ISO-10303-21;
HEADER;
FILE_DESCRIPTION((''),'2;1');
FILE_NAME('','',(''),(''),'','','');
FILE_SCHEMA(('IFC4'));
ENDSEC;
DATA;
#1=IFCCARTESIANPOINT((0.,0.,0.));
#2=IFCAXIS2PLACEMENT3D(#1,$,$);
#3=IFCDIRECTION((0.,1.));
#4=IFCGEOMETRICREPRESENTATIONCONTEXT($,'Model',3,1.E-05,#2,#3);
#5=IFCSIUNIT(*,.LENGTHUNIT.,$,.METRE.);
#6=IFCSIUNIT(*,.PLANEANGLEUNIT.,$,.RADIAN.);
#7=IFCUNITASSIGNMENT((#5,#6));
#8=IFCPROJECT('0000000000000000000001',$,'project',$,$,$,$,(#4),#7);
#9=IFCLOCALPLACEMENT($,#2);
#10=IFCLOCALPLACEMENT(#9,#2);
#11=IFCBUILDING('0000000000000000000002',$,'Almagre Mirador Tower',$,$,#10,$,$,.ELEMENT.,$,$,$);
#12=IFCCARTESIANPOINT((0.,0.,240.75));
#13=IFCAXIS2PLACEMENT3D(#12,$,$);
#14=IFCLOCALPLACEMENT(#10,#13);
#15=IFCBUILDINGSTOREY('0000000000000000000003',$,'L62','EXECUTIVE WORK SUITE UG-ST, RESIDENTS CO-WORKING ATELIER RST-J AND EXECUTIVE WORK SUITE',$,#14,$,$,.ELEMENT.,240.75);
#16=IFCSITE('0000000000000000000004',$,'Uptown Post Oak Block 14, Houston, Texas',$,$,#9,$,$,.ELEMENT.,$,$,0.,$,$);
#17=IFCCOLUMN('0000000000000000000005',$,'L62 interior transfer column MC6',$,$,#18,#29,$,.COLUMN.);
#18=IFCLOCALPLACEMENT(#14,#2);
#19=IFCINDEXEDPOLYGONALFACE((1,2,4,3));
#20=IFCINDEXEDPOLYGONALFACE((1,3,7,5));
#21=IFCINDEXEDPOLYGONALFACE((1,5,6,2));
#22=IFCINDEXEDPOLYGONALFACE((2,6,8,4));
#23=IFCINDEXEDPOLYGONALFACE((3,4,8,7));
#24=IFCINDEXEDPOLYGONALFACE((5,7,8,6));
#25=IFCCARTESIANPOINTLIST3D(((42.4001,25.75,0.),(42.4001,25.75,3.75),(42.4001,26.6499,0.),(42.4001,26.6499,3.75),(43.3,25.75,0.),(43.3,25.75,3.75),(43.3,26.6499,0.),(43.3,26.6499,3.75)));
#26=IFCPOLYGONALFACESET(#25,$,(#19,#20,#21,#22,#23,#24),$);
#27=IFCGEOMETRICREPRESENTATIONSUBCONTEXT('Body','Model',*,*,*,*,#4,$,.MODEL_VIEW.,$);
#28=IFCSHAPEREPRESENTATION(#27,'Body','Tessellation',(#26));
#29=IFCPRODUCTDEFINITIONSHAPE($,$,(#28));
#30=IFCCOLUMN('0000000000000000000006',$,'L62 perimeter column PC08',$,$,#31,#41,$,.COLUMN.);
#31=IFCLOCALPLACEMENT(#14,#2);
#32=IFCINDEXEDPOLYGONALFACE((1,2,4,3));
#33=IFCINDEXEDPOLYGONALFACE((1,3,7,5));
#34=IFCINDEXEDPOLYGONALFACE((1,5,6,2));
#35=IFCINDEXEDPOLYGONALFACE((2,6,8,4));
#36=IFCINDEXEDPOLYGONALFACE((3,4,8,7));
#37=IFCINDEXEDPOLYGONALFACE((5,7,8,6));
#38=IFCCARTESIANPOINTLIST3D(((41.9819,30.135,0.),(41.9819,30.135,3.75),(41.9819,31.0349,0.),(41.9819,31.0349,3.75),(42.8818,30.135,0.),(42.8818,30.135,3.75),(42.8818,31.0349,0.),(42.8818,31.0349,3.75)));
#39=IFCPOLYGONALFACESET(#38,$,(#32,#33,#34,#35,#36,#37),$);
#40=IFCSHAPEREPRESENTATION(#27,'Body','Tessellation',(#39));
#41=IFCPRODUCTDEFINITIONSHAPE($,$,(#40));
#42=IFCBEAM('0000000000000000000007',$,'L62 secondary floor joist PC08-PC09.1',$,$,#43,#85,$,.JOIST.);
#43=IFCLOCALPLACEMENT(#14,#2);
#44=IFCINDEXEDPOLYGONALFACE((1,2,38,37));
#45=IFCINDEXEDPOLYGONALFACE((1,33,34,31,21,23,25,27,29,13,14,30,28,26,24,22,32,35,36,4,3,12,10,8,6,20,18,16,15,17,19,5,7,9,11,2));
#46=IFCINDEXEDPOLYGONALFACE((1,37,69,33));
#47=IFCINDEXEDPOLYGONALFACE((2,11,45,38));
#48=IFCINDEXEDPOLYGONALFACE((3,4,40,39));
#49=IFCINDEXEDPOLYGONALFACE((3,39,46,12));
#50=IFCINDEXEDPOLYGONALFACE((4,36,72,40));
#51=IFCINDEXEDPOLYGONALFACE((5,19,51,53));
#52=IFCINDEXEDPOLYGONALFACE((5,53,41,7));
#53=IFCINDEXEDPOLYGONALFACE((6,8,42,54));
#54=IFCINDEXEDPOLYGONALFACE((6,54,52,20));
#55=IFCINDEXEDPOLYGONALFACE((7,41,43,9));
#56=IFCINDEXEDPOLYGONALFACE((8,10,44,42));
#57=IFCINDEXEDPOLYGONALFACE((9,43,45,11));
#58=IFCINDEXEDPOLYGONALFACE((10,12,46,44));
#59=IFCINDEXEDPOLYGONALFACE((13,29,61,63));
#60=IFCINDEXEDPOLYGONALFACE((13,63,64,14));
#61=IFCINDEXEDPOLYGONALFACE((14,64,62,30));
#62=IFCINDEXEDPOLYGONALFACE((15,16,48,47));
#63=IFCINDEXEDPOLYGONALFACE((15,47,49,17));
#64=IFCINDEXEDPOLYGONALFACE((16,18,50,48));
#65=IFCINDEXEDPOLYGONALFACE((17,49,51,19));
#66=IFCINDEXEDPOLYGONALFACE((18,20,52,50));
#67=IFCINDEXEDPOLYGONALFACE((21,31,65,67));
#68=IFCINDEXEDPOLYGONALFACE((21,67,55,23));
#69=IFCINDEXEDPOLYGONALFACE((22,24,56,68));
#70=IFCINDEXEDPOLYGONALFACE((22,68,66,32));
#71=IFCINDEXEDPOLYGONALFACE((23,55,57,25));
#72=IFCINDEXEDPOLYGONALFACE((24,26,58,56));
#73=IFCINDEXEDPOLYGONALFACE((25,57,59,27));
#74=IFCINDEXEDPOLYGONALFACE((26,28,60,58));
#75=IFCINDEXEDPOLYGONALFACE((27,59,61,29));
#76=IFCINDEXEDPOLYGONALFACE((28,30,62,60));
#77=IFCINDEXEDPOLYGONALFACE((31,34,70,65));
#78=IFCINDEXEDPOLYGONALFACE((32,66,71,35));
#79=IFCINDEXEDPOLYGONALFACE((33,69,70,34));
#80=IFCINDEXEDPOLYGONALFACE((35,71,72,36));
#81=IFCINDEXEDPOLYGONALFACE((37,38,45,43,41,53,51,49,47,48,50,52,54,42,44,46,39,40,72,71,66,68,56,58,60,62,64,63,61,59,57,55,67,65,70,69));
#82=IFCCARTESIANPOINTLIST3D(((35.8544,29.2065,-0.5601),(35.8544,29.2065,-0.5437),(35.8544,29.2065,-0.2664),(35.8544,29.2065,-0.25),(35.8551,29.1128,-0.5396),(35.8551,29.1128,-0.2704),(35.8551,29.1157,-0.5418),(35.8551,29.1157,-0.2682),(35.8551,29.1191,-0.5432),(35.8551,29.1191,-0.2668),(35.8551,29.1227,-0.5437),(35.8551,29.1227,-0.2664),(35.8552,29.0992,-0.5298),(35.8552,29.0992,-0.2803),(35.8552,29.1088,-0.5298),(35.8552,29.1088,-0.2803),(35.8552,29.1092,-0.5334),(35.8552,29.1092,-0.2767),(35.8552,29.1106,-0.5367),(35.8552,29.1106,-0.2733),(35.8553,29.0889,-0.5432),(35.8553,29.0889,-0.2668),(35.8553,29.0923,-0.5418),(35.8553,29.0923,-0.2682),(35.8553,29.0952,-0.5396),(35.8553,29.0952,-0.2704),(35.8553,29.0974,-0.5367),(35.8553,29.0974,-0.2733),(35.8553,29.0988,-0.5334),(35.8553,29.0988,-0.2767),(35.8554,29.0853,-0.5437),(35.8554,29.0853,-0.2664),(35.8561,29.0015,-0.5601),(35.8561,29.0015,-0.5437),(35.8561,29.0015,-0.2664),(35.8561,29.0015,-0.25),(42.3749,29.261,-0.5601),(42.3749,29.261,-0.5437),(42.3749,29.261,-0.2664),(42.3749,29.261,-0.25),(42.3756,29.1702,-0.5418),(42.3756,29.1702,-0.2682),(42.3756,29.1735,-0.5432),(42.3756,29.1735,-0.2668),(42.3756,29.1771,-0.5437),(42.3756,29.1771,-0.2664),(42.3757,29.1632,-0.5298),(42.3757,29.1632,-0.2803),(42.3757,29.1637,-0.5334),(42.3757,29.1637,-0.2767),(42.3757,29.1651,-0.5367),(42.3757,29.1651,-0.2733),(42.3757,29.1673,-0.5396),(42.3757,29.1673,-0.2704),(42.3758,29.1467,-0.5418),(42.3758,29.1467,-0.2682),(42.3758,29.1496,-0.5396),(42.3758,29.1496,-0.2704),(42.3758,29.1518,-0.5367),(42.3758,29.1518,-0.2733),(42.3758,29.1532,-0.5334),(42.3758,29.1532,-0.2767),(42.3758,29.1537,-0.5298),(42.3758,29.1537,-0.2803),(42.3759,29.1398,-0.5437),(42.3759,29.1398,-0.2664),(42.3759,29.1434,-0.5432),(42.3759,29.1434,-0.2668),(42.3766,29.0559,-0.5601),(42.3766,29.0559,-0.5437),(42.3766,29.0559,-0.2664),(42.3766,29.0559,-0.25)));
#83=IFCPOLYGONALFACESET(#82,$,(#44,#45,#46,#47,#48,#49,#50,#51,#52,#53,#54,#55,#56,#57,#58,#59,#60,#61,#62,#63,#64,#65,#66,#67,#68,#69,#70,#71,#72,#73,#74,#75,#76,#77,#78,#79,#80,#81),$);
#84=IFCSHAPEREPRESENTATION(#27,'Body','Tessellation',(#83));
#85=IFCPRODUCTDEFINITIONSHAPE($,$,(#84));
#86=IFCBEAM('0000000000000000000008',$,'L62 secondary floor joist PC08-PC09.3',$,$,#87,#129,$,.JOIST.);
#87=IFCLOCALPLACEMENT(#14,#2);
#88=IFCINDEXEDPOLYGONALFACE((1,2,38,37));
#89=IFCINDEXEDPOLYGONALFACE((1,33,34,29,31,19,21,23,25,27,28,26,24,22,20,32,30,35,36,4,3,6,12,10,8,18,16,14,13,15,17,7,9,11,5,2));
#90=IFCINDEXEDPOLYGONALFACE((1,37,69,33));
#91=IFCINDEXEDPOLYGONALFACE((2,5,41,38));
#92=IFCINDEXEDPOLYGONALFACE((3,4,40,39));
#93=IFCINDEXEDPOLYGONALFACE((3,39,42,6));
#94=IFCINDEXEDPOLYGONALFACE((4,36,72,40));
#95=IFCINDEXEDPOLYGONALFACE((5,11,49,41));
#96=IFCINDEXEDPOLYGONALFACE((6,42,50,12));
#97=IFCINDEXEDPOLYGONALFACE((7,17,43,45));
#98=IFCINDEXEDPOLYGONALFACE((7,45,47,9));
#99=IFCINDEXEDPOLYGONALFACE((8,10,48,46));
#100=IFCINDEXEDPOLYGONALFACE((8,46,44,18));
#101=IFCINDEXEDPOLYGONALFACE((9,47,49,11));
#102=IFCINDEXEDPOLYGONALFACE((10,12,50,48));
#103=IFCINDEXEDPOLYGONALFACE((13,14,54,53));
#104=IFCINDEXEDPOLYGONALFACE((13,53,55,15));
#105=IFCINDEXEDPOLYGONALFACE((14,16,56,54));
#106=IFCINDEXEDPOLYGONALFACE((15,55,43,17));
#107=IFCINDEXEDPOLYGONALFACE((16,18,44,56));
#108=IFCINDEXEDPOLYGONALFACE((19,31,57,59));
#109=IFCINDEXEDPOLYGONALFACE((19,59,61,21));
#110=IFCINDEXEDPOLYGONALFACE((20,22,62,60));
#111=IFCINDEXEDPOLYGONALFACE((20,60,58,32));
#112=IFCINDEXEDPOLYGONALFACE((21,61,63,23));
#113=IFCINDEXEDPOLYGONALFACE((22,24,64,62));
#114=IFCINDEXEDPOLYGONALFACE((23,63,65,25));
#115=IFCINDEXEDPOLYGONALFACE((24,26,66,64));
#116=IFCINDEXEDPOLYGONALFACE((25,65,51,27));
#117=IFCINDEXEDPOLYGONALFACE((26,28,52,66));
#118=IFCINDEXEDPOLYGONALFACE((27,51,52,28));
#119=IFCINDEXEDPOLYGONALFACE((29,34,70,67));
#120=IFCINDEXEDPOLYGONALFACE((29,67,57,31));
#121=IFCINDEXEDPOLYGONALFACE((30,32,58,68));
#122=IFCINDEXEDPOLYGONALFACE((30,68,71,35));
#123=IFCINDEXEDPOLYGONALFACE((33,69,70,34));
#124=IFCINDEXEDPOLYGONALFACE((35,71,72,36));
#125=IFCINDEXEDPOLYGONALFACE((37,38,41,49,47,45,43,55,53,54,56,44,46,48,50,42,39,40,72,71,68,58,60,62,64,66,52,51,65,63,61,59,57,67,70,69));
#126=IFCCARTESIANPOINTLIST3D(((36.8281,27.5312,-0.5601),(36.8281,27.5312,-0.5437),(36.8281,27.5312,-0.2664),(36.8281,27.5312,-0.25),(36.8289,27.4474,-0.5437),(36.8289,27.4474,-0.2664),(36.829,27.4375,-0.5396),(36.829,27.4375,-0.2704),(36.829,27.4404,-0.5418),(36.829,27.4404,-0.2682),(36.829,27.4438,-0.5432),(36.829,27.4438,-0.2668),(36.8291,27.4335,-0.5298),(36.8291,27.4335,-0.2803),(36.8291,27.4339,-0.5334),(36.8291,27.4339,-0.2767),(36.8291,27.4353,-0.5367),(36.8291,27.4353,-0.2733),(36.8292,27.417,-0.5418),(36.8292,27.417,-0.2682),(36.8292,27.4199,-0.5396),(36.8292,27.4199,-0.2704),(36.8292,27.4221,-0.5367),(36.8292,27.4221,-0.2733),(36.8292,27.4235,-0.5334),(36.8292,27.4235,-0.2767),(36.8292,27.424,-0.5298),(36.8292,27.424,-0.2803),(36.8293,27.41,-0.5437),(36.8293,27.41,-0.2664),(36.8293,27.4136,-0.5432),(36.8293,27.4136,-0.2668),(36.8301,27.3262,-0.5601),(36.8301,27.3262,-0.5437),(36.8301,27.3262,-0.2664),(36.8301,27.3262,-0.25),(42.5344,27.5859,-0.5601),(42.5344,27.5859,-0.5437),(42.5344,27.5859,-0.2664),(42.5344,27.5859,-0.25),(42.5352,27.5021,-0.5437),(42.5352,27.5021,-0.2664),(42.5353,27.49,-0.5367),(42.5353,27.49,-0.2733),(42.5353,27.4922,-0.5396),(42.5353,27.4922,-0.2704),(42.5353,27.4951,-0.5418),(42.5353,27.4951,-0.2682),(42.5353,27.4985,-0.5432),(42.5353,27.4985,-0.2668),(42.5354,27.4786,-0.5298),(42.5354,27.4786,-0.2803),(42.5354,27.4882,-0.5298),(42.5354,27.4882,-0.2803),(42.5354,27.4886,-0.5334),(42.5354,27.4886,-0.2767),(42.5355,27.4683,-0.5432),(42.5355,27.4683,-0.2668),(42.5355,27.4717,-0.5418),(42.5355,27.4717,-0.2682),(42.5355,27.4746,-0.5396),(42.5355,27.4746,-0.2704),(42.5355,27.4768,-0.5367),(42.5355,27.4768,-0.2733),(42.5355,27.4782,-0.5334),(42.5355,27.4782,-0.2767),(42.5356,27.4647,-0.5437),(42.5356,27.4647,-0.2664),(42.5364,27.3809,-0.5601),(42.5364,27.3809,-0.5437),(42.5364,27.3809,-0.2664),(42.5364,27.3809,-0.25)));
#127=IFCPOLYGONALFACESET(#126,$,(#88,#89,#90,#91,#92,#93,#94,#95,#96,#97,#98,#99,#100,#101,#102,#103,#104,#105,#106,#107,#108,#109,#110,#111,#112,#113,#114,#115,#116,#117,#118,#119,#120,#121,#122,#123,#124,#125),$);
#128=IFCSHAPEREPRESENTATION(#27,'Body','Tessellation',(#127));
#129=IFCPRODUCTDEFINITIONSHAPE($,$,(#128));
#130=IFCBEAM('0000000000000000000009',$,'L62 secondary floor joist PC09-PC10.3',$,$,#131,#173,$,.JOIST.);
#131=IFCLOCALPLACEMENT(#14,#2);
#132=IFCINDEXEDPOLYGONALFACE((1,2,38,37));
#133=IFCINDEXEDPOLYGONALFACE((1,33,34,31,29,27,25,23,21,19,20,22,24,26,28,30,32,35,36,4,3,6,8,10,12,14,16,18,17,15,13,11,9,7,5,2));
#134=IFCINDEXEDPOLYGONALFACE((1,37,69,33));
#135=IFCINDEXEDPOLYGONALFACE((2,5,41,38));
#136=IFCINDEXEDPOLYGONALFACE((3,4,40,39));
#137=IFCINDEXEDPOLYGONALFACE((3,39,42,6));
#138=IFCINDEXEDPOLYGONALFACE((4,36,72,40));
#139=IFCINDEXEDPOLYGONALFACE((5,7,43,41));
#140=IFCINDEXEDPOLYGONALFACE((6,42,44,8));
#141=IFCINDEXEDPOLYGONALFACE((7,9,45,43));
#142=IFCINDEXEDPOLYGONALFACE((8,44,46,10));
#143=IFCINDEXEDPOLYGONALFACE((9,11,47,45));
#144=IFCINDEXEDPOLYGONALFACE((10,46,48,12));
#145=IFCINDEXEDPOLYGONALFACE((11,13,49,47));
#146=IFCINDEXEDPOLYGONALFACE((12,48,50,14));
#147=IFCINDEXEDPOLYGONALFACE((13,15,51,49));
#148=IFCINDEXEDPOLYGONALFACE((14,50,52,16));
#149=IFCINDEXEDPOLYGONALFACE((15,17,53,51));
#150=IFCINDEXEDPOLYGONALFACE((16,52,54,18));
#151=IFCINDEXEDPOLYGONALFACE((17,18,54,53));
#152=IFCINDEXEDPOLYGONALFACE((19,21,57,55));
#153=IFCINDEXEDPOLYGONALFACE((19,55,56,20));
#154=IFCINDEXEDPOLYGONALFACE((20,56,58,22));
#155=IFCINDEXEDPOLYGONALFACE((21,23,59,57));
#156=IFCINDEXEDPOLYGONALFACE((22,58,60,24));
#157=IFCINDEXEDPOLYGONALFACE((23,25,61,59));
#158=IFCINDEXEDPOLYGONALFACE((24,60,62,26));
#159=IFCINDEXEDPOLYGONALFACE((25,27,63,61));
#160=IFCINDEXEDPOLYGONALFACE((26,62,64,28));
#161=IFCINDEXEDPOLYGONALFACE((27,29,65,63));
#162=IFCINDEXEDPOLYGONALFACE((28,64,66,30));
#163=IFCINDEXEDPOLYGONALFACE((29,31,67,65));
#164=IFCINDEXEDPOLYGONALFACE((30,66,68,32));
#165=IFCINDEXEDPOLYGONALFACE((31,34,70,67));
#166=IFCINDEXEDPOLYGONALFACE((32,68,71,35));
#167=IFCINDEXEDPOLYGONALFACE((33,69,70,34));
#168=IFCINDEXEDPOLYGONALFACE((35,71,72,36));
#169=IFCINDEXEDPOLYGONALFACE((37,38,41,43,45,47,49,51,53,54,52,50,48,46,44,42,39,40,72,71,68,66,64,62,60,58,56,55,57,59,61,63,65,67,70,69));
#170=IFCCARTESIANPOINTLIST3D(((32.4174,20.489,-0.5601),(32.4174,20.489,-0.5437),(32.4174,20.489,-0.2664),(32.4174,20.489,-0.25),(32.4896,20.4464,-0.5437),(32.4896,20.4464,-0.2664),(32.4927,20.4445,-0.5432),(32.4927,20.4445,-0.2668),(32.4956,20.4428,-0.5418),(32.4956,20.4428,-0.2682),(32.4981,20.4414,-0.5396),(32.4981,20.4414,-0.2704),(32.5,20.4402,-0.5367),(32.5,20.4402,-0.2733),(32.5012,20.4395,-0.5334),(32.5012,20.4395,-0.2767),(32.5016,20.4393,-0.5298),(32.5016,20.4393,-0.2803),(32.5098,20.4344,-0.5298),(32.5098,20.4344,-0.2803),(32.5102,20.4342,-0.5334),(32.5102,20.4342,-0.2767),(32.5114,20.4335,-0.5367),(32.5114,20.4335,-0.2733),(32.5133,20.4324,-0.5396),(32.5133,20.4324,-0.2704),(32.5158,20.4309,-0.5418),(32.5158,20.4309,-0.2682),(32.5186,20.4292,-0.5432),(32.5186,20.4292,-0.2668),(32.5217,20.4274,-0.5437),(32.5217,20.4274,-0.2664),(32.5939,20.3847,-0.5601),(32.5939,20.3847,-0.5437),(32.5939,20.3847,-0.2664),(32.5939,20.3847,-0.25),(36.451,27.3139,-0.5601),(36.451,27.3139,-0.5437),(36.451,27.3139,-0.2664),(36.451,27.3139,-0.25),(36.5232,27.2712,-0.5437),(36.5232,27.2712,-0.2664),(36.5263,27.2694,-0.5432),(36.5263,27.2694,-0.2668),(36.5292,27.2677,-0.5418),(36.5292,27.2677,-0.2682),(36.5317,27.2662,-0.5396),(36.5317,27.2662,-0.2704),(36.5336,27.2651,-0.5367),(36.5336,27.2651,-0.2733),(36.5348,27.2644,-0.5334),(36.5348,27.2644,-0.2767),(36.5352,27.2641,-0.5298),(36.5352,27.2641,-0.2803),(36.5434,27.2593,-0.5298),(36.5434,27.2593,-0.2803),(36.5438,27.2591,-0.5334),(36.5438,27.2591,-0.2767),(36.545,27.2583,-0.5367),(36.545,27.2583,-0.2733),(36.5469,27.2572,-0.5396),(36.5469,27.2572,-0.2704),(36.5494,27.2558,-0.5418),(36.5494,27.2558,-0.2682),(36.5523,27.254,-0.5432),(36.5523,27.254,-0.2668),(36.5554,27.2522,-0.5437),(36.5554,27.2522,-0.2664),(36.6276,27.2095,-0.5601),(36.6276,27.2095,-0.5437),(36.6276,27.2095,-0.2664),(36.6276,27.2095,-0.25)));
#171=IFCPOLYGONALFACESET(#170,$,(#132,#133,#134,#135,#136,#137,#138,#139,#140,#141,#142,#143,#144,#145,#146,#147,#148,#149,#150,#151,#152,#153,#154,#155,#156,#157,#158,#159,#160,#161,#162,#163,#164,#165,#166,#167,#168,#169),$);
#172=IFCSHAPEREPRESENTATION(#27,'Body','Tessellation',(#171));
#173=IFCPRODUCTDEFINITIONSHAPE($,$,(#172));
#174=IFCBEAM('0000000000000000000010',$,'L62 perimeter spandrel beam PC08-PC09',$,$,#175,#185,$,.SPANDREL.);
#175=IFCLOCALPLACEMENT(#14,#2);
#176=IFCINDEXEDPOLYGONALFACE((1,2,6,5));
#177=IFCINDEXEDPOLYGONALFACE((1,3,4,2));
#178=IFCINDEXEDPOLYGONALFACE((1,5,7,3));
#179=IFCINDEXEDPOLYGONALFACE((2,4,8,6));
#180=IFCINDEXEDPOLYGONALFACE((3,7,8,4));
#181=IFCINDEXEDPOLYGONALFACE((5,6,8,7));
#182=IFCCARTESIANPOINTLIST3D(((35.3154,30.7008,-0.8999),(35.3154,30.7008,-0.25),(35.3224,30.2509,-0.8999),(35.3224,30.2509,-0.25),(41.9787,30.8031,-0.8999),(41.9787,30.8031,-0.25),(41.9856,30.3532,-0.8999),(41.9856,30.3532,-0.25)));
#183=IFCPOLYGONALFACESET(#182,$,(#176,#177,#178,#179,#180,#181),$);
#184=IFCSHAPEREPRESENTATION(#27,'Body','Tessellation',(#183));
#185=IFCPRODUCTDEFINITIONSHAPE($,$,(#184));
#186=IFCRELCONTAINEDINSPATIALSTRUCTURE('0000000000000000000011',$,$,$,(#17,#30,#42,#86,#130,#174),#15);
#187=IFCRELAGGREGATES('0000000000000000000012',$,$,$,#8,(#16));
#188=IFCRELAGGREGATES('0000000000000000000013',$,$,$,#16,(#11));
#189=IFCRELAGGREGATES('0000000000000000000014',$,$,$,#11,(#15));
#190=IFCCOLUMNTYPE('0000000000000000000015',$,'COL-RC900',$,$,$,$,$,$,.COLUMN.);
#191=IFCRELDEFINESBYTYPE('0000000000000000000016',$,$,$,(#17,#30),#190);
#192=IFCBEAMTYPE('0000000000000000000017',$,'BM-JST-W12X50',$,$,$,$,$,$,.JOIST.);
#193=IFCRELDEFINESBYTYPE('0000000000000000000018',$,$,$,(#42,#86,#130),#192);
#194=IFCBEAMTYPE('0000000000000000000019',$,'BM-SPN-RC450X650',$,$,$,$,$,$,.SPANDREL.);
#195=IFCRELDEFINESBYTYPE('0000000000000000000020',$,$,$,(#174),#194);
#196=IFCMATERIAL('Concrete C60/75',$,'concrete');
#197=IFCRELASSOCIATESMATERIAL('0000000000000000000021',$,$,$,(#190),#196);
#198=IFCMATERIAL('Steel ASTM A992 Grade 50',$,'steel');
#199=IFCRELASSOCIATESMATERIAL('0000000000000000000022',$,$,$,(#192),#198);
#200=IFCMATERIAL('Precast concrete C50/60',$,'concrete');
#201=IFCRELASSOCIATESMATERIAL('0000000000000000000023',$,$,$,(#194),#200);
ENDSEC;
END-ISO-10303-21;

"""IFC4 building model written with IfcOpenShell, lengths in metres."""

from ifc_helpers import new_model, si_unit, direction, frame, origin, origin_2d, place, context, subcontext, project, spatial, rectangle, i_section, extrude, material, material_profile, profile_set, type_object, element, save


model = new_model("IFC4")

# Units and contexts
model_context = context("Model", 3, precision=1e-05, world=origin(), true_north=direction((0.0, 1.0)))
body_context = subcontext(model_context, "Body", "Model", "MODEL_VIEW")
ifc_project = project(units=[si_unit("LENGTHUNIT", "METRE"), si_unit("PLANEANGLEUNIT", "RADIAN")], contexts=[model_context])

# Site, building, storey
site_placement = place(None, origin())
site = spatial("IfcSite", under=ifc_project, at=site_placement, Name="Uptown Post Oak Block 14, Houston, Texas", CompositionType="ELEMENT", RefElevation=0.0)
building_placement = place(site_placement, origin())
building = spatial("IfcBuilding", under=site, at=building_placement, Name="Almagre Mirador Tower", CompositionType="ELEMENT")
storey_placement = place(building_placement, frame((0.0, 0.0, 240.75)))
storey = spatial("IfcBuildingStorey", under=building, at=storey_placement, Name="L62", Description="EXECUTIVE WORK SUITE UG-ST, RESIDENTS CO-WORKING ATELIER RST-J AND EXECUTIVE WORK SUITE", CompositionType="ELEMENT", Elevation=240.75)

# Columns
ifc_material_1 = material(Name="Concrete C60/75", Category="concrete")
ifc_material_profile_1 = material_profile(ifc_material_1, rectangle(XDim=0.8999, YDim=0.8999, at=origin_2d()), Name="RC900X900")
ifc_profile_set_1 = profile_set([ifc_material_profile_1], Name="Concrete C60/75")
column_type = type_object("IfcColumnType", Name="COL-RC900", PredefinedType="COLUMN", material=ifc_profile_set_1)
for number, where, z_axis, x_axis, name in (
    (1, (42.8501, 26.2, 0.0), (0.0, 0.0, 1.0), (1.0, 0.0, 0.0), "L62 interior transfer column MC6"),
    (2, (42.4319, 30.585, 0.0), (0.0, 0.0, 1.0), (1.0, 0.0, 0.0), "L62 perimeter column PC08"),
):
    element("IfcColumn", number, at=place(storey_placement, frame(where, z_axis=z_axis, x_axis=x_axis)), inside=storey, type_object=column_type, Name=name, PredefinedType="COLUMN", context=body_context, shape_type="SweptSolid", body=[
        extrude(rectangle(XDim=0.8999, YDim=0.8999, at=origin_2d()), origin(), (0.0, 0.0, 1.0), 3.75),
    ])

# Beams
ifc_material_2 = material(Name="Steel ASTM A992 Grade 50", Category="steel")
ifc_material_profile_2 = material_profile(ifc_material_2, i_section(OverallWidth=0.2051, OverallDepth=0.3101, WebThickness=0.0095, FlangeThickness=0.0164, FilletRadius=0.0139, at=origin_2d()), Name="W12X50")
ifc_profile_set_2 = profile_set([ifc_material_profile_2], Name="Steel ASTM A992 Grade 50")
beam_type_1 = type_object("IfcBeamType", Name="BM-JST-W12X50", PredefinedType="JOIST", material=ifc_profile_set_2)
beam_1_placement = place(storey_placement, frame((42.3757, 29.1584, -0.405), z_axis=(-0.999965, -0.008349, 0.0), x_axis=(0.008349, -0.999965, 0.0)))
element("IfcBeam", 3, at=beam_1_placement, inside=storey, type_object=beam_type_1, Name="L62 secondary floor joist PC08-PC09.1", PredefinedType="JOIST", context=body_context, shape_type="SweptSolid", body=[
    extrude(i_section(OverallWidth=0.2051, OverallDepth=0.3101, WebThickness=0.0095, FlangeThickness=0.0164, FilletRadius=0.0139, at=origin_2d()), origin(), (0.0, 0.0, 1.0), 6.5208),
])
beam_2_placement = place(storey_placement, frame((42.5354, 27.4834, -0.405), z_axis=(-0.999954, -0.009583, 0.0), x_axis=(0.009583, -0.999954, 0.0)))
element("IfcBeam", 4, at=beam_2_placement, inside=storey, type_object=beam_type_1, Name="L62 secondary floor joist PC08-PC09.3", PredefinedType="JOIST", context=body_context, shape_type="SweptSolid", body=[
    extrude(i_section(OverallWidth=0.2051, OverallDepth=0.3101, WebThickness=0.0095, FlangeThickness=0.0164, FilletRadius=0.0139, at=origin_2d()), origin(), (0.0, 0.0, 1.0), 5.7065),
])
beam_3_placement = place(storey_placement, frame((36.5393, 27.2617, -0.405), z_axis=(-0.508801, -0.860884, 0.0), x_axis=(0.860884, -0.508801, 0.0)))
element("IfcBeam", 5, at=beam_3_placement, inside=storey, type_object=beam_type_1, Name="L62 secondary floor joist PC09-PC10.3", PredefinedType="JOIST", context=body_context, shape_type="SweptSolid", body=[
    extrude(i_section(OverallWidth=0.2051, OverallDepth=0.3101, WebThickness=0.0095, FlangeThickness=0.0164, FilletRadius=0.0139, at=origin_2d()), origin(), (0.0, 0.0, 1.0), 7.9277),
])
ifc_material_3 = material(Name="Precast concrete C50/60", Category="concrete")
ifc_material_profile_3 = material_profile(ifc_material_3, rectangle(XDim=0.45, YDim=0.6499, at=origin_2d()), Name="RC450X650")
ifc_profile_set_3 = profile_set([ifc_material_profile_3], Name="Precast concrete C50/60")
beam_type_2 = type_object("IfcBeamType", Name="BM-SPN-RC450X650", PredefinedType="SPANDREL", material=ifc_profile_set_3)
beam_4_placement = place(storey_placement, frame((41.9822, 30.5781, -0.575), z_axis=(-0.999882, -0.01535, 0.0), x_axis=(0.01535, -0.999882, 0.0)))
element("IfcBeam", 6, at=beam_4_placement, inside=storey, type_object=beam_type_2, Name="L62 perimeter spandrel beam PC08-PC09", PredefinedType="SPANDREL", context=body_context, shape_type="SweptSolid", body=[
    extrude(rectangle(XDim=0.45, YDim=0.6499, at=origin_2d()), origin(), (0.0, 0.0, 1.0), 6.6641),
])

save(model, "model.ifc")
